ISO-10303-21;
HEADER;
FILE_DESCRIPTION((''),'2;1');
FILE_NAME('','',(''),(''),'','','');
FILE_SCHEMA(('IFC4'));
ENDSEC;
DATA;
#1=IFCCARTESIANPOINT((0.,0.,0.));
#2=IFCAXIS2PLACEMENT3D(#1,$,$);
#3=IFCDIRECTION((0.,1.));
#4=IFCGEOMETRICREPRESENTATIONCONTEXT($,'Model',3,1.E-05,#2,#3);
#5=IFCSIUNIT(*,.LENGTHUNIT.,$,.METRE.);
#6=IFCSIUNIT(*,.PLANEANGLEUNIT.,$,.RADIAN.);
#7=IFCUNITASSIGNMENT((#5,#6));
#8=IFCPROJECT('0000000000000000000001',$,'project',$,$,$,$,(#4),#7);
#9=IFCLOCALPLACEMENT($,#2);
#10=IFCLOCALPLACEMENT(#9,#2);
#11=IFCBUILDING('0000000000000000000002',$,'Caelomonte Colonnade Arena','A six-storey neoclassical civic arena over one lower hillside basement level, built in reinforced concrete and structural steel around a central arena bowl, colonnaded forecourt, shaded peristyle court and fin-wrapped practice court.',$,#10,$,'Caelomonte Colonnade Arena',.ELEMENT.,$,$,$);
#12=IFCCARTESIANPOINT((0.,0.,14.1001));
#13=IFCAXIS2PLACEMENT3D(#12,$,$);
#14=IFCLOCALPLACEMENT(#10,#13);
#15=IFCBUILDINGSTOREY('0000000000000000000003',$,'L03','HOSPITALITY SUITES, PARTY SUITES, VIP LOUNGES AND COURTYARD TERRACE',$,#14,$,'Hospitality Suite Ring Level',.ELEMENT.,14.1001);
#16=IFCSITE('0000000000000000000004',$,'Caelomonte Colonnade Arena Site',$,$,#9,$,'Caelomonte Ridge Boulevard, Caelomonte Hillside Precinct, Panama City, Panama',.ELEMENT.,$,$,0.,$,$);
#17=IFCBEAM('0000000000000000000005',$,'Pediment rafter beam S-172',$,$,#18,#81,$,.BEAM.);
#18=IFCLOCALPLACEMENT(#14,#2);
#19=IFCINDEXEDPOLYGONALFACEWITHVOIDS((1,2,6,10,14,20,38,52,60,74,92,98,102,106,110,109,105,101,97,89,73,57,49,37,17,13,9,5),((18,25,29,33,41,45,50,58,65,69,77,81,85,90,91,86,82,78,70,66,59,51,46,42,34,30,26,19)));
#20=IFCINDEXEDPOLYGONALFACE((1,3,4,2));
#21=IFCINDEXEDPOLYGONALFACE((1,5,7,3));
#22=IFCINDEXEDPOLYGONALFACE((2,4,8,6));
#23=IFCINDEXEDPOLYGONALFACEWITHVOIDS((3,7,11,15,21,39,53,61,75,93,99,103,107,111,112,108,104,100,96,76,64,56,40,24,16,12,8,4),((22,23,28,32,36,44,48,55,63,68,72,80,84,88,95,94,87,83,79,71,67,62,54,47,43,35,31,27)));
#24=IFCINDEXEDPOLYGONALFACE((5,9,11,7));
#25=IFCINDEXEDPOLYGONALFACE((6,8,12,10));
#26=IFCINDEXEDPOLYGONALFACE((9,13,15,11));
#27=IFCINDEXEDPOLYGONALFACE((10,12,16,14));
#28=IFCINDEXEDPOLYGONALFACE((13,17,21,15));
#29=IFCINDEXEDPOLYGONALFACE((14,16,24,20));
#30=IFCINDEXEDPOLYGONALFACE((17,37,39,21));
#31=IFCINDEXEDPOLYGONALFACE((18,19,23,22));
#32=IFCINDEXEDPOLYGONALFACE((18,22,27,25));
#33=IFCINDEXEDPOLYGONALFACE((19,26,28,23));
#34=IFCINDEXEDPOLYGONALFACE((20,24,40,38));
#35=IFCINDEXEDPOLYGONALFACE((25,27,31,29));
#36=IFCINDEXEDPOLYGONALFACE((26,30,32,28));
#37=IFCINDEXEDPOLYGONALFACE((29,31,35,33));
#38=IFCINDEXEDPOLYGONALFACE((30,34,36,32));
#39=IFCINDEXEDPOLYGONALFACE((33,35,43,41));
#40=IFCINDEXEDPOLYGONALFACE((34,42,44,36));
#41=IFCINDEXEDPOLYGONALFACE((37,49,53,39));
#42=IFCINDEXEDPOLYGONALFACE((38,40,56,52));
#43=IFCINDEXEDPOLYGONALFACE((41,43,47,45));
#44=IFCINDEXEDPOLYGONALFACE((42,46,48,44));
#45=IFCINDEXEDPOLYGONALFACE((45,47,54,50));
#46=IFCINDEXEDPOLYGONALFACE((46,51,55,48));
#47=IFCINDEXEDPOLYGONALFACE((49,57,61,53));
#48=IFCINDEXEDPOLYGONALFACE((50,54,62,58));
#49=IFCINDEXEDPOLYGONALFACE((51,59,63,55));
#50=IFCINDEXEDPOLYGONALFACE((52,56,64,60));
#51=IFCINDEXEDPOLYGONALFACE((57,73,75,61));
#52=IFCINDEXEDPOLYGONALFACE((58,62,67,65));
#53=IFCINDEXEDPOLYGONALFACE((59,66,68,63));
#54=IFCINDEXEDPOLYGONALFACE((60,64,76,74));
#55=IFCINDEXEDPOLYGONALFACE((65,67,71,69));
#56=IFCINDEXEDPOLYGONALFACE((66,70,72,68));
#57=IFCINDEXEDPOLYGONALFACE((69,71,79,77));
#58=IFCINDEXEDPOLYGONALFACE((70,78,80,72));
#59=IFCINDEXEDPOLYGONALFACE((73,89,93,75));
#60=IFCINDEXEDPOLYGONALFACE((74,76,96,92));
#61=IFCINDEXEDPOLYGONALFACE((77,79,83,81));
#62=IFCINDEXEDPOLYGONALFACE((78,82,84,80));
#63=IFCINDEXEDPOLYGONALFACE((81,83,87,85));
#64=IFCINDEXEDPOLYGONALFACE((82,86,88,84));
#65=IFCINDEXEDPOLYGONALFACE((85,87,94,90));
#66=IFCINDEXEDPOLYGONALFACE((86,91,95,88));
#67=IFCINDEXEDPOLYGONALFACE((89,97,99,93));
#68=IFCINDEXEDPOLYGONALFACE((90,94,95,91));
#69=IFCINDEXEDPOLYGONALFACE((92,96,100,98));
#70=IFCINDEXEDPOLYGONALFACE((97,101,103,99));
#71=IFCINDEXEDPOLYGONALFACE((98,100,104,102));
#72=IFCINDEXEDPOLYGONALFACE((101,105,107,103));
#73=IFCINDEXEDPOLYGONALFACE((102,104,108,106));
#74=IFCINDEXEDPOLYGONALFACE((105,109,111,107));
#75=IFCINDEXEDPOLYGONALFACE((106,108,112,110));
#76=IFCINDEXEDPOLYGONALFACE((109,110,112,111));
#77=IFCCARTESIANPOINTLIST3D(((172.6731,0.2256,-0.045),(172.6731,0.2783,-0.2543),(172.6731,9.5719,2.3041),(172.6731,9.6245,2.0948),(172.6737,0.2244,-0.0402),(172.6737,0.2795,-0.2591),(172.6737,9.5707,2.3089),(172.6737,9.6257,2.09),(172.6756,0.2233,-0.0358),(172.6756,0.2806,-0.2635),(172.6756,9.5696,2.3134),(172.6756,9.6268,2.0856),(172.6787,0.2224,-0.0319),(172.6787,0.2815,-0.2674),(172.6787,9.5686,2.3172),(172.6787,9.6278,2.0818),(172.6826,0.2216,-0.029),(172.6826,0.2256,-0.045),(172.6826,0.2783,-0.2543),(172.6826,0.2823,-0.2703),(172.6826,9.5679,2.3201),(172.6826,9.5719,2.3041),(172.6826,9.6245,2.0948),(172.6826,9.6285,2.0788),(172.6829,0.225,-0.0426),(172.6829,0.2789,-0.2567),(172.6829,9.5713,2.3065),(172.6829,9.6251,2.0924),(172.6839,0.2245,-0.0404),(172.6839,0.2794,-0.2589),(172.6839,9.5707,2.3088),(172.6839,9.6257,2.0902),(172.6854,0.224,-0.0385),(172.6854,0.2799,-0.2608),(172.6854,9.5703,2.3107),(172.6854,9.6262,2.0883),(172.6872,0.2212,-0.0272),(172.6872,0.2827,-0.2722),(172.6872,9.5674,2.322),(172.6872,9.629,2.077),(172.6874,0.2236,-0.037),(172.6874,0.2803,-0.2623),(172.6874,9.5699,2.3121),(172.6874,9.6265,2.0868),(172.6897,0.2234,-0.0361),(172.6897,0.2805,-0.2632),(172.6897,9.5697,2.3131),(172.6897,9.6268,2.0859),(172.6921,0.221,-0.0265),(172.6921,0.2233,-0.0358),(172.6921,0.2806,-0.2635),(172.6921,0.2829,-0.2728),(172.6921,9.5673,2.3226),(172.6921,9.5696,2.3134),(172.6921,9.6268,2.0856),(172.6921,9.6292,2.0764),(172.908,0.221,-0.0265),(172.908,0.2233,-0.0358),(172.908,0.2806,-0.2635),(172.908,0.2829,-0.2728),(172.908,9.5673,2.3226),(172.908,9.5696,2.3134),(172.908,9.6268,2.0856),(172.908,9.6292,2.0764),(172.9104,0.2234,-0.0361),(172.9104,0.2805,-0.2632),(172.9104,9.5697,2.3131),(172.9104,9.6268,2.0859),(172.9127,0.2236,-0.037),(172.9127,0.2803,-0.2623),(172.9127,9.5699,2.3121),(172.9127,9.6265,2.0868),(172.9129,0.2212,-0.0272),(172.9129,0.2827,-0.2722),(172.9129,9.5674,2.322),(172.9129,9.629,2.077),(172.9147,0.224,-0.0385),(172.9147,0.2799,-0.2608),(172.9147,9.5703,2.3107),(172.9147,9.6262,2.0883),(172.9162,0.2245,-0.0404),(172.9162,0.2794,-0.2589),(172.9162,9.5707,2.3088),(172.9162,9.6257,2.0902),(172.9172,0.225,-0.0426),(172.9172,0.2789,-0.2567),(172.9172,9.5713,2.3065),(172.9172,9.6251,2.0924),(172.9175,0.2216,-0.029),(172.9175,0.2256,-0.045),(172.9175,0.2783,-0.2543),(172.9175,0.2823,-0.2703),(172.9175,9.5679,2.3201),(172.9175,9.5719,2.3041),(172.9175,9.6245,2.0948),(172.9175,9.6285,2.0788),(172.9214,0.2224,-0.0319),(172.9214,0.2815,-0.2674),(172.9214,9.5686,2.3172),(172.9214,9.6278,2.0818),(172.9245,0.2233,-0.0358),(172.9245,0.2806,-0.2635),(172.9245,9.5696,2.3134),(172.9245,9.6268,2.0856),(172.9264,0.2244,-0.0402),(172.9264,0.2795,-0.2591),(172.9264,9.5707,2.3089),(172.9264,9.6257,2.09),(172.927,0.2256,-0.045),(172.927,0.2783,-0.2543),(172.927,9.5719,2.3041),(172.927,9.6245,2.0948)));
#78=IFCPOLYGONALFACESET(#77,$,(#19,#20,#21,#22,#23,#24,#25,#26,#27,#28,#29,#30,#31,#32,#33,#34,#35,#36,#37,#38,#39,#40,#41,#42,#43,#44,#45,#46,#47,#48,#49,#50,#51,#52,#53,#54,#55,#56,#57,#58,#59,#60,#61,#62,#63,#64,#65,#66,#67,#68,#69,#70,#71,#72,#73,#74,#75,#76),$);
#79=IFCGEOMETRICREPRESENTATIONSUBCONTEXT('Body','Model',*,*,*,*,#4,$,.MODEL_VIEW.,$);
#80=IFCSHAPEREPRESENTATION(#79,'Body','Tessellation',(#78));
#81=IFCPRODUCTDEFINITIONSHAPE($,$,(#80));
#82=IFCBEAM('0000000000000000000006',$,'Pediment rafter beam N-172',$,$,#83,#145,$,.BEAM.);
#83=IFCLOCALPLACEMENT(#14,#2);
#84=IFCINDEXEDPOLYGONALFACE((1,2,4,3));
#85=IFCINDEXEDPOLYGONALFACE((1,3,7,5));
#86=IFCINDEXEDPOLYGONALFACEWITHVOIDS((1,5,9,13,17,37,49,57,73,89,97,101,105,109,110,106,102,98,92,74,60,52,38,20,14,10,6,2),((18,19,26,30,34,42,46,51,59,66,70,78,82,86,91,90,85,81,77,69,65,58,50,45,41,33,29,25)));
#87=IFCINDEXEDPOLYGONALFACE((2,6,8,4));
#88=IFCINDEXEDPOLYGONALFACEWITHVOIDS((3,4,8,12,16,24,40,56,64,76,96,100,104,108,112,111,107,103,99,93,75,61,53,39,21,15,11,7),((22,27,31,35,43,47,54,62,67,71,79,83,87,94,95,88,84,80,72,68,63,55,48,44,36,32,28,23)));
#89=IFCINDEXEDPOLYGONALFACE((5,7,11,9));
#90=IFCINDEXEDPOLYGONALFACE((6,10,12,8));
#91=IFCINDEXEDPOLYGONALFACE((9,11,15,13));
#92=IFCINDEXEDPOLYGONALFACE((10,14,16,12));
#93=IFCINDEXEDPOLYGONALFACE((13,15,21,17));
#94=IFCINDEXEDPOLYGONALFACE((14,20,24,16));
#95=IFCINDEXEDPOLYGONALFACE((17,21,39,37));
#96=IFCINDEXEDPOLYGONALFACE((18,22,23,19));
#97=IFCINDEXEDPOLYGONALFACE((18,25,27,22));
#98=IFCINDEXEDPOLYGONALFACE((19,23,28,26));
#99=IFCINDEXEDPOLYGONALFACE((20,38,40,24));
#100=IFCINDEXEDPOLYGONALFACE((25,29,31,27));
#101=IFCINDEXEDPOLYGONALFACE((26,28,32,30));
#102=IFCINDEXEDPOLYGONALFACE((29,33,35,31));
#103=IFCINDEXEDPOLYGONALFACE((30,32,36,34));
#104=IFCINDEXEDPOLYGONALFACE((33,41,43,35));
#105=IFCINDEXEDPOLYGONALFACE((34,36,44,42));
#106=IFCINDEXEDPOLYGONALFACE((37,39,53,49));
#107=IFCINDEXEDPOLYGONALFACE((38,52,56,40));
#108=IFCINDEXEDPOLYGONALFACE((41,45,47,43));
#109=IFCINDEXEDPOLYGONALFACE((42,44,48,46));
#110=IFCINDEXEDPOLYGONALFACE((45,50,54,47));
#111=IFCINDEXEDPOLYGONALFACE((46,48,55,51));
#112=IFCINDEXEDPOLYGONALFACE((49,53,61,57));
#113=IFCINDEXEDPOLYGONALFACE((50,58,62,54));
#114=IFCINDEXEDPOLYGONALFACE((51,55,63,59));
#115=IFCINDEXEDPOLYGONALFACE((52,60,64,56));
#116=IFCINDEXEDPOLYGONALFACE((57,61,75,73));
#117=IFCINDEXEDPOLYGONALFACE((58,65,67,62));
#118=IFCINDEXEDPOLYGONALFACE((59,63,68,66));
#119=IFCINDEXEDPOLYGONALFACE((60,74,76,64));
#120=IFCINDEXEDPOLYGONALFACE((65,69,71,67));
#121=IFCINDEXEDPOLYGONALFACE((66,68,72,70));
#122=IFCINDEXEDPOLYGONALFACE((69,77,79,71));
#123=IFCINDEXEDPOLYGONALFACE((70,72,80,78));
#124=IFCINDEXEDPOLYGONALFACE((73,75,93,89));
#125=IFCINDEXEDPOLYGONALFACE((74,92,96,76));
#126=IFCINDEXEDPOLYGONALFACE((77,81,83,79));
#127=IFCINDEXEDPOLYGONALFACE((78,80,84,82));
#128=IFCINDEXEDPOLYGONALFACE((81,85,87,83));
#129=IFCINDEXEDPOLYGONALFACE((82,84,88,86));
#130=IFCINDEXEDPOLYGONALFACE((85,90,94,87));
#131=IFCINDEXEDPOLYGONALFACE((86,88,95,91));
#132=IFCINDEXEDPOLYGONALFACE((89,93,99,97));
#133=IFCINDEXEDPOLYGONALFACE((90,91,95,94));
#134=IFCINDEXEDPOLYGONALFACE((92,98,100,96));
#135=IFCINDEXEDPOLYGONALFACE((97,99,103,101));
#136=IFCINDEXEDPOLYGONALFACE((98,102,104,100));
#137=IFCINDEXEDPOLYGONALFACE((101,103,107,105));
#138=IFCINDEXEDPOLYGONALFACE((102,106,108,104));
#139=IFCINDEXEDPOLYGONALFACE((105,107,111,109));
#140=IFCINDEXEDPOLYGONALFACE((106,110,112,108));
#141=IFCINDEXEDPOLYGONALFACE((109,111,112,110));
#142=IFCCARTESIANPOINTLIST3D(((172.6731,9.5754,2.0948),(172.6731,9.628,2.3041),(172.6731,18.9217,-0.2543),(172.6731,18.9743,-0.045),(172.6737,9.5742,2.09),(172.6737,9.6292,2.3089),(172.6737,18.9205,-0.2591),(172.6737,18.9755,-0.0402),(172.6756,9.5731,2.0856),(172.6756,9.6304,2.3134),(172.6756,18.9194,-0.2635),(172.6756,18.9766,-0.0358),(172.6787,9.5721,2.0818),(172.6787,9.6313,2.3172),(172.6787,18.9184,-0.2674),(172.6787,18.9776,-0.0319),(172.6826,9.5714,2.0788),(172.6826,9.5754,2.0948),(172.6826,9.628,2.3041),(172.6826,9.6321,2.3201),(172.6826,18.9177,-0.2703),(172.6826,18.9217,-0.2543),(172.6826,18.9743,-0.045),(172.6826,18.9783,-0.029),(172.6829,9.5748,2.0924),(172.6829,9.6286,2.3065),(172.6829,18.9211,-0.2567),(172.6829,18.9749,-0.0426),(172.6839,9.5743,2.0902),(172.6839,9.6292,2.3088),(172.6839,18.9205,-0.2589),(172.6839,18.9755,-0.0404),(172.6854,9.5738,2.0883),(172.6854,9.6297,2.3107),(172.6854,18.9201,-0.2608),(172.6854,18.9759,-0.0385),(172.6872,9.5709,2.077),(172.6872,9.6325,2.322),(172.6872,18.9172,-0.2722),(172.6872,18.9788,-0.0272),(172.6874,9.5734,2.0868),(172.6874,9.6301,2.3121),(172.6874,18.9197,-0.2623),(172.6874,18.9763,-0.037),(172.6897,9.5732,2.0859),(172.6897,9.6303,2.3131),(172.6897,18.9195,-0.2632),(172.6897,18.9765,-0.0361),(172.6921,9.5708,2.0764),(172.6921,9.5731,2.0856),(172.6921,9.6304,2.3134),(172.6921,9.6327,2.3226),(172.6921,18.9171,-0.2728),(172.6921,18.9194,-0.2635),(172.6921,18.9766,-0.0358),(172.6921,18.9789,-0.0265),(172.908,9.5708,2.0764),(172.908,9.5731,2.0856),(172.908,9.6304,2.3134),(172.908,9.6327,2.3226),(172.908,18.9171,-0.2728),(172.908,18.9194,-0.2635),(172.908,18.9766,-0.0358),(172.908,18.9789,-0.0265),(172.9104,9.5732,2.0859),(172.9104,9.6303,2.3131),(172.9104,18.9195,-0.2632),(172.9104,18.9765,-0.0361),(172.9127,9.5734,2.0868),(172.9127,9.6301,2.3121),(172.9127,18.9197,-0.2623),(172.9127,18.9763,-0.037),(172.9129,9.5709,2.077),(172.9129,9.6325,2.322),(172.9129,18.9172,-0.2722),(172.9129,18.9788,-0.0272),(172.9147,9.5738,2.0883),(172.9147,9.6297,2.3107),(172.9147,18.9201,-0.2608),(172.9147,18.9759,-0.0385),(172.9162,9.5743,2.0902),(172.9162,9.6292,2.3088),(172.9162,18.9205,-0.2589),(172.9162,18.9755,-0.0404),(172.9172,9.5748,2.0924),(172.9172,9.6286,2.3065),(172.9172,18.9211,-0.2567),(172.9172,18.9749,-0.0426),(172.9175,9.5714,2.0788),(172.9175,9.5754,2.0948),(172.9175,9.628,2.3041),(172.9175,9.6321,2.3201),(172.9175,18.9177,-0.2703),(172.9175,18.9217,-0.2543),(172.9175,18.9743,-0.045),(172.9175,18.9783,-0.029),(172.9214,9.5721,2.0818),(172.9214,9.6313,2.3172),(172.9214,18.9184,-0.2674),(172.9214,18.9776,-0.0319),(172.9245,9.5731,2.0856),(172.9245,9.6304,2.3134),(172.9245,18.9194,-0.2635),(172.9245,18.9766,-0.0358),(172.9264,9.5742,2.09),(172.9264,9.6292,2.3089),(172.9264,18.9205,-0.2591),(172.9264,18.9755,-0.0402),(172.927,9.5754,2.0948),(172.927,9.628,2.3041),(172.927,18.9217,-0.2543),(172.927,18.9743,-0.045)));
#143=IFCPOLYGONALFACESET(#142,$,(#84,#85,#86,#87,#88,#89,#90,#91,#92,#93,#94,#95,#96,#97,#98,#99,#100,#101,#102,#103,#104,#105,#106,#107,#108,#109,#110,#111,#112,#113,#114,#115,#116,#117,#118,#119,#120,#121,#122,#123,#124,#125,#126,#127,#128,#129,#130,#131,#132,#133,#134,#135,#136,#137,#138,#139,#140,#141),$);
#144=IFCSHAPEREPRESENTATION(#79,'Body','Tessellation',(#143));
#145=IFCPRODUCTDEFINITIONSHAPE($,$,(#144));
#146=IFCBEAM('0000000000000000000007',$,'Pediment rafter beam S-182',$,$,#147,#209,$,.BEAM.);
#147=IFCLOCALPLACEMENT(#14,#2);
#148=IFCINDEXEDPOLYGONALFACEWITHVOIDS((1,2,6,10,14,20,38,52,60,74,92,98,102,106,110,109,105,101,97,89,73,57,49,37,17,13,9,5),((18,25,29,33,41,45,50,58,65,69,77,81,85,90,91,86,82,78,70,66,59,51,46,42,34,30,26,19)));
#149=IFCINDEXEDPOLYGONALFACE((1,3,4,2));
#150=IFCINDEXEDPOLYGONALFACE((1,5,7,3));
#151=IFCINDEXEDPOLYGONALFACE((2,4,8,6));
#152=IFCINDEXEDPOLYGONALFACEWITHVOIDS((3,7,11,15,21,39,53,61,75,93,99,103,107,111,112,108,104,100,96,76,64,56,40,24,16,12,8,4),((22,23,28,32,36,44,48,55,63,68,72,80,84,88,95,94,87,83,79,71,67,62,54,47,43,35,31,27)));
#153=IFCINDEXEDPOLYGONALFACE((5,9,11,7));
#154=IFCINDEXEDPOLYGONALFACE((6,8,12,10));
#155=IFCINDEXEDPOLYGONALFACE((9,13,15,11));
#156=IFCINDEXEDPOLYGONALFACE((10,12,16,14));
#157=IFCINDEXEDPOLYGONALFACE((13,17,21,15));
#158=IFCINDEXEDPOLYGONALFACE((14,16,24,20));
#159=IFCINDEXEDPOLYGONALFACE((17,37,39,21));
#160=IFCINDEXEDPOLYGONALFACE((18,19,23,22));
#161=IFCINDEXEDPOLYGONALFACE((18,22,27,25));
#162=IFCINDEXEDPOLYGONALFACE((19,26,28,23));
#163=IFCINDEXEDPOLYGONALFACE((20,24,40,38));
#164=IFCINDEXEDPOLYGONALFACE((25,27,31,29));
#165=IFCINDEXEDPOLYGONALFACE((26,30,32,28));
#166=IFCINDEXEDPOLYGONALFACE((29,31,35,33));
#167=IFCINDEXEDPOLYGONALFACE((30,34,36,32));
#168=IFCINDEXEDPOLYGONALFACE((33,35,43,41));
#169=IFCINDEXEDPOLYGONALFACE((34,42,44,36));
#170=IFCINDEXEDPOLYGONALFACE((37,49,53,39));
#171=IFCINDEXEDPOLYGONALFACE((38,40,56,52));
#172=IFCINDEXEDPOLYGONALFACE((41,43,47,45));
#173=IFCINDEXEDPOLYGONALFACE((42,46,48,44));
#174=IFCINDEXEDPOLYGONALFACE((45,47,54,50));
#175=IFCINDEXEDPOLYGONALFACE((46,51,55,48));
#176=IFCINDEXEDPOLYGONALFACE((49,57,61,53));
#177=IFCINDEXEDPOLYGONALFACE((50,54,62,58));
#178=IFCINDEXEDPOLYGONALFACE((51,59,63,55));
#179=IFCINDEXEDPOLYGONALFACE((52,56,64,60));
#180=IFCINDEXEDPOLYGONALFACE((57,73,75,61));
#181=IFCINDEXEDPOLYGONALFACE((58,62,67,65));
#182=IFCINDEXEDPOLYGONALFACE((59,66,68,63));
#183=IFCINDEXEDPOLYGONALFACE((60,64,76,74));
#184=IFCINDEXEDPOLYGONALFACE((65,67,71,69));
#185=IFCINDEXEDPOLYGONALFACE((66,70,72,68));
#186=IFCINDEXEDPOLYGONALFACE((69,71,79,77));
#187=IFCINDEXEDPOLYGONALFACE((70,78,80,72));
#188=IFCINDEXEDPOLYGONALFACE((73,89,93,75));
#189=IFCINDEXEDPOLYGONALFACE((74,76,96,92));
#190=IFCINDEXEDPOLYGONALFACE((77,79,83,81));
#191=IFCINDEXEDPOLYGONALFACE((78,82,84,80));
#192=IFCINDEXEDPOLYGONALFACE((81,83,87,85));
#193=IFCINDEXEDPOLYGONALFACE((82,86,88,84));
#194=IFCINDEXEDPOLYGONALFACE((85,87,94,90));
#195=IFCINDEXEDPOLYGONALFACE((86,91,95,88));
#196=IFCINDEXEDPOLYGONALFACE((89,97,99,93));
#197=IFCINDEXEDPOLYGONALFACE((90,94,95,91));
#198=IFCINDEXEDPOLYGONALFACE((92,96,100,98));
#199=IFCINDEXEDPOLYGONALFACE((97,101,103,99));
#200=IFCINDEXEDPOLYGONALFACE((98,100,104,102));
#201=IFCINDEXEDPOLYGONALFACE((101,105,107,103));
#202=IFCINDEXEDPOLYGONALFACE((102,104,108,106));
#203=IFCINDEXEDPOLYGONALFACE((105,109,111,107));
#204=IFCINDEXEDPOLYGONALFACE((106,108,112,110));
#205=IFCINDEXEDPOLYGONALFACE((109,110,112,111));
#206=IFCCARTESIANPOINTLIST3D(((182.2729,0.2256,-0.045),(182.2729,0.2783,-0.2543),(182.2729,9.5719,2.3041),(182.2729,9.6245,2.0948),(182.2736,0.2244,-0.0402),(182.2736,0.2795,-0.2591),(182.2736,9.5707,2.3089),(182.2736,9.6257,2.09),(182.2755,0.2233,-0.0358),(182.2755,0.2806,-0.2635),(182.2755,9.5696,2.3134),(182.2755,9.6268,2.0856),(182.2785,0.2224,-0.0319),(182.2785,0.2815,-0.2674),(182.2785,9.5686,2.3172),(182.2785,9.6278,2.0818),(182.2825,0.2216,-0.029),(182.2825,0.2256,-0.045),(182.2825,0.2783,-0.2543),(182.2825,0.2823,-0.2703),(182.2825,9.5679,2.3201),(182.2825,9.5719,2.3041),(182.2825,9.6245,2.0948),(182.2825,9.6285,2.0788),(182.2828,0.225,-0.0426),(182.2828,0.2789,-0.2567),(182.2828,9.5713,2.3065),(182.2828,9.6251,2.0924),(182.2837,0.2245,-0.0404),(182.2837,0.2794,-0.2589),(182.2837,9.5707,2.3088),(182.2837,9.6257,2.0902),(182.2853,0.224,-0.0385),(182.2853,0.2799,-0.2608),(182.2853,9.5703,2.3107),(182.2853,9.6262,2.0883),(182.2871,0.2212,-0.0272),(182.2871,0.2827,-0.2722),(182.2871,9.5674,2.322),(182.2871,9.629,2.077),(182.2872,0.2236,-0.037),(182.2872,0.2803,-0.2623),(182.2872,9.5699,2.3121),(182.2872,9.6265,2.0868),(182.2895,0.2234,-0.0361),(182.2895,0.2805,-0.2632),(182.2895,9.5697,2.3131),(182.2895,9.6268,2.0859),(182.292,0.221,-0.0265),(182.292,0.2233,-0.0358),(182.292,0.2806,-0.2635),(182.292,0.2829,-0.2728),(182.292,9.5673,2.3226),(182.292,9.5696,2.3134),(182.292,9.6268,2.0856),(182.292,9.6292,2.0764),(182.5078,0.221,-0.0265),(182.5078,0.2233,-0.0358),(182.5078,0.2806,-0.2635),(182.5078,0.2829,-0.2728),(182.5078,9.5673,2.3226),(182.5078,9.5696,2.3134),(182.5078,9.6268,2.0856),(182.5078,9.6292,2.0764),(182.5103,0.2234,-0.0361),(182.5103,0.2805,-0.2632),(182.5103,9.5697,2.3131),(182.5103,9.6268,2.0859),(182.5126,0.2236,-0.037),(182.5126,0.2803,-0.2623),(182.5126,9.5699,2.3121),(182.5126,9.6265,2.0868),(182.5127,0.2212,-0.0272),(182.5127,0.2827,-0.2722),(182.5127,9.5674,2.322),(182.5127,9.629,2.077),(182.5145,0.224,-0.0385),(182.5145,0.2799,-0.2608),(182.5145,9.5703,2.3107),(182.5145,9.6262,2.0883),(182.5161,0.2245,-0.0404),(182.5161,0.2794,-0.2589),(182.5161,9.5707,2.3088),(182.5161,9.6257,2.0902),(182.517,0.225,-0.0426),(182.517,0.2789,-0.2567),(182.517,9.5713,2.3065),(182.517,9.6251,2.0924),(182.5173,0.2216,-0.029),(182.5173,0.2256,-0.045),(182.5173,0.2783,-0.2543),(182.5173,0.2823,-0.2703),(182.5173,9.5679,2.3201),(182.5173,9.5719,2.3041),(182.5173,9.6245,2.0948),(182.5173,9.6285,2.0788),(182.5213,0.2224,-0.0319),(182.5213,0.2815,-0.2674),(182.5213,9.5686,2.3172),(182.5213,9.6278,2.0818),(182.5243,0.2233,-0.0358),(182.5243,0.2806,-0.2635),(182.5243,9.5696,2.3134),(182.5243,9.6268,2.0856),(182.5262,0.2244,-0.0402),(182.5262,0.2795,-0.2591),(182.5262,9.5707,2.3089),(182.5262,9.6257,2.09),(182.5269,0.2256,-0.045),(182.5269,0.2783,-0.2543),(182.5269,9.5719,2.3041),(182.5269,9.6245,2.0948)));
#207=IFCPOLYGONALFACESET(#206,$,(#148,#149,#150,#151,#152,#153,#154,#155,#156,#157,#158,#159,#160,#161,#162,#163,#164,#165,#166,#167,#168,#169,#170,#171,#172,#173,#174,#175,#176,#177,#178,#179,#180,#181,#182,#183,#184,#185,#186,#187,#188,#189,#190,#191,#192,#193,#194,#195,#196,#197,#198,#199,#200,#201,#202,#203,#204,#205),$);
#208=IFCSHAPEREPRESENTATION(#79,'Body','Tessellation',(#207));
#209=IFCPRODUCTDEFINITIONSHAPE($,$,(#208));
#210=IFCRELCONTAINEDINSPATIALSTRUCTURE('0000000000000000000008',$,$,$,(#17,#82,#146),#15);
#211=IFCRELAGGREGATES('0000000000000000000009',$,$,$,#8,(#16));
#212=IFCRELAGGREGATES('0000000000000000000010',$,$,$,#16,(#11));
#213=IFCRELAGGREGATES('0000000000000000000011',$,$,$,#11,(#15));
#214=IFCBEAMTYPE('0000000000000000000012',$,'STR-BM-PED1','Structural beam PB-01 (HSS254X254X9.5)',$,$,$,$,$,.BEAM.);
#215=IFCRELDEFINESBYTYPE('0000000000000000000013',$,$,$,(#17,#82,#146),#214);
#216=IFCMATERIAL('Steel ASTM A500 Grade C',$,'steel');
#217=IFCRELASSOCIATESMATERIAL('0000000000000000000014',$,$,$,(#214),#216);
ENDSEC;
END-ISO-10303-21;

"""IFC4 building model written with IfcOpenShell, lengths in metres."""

from ifc_helpers import new_model, si_unit, direction, frame, origin, origin_2d, place, context, subcontext, project, spatial, hollow_rectangle, extrude, material, material_profile, profile_set, type_object, element, save


model = new_model("IFC4")

# Units and contexts
model_context = context("Model", 3, precision=1e-05, world=origin(), true_north=direction((0.0, 1.0)))
body_context = subcontext(model_context, "Body", "Model", "MODEL_VIEW")
ifc_project = project(units=[si_unit("LENGTHUNIT", "METRE"), si_unit("PLANEANGLEUNIT", "RADIAN")], contexts=[model_context])

# Site, building, storey
site_placement = place(None, origin())
site = spatial("IfcSite", under=ifc_project, at=site_placement, Name="Caelomonte Colonnade Arena Site", LongName="Caelomonte Ridge Boulevard, Caelomonte Hillside Precinct, Panama City, Panama", CompositionType="ELEMENT", RefElevation=0.0)
building_placement = place(site_placement, origin())
building = spatial("IfcBuilding", under=site, at=building_placement, Name="Caelomonte Colonnade Arena", Description="A six-storey neoclassical civic arena over one lower hillside basement level, built in reinforced concrete and structural steel around a central arena bowl, colonnaded forecourt, shaded peristyle court and fin-wrapped practice court.", LongName="Caelomonte Colonnade Arena", CompositionType="ELEMENT")
storey_placement = place(building_placement, frame((0.0, 0.0, 14.1001)))
storey = spatial("IfcBuildingStorey", under=building, at=storey_placement, Name="L03", Description="HOSPITALITY SUITES, PARTY SUITES, VIP LOUNGES AND COURTYARD TERRACE", LongName="Hospitality Suite Ring Level", CompositionType="ELEMENT", Elevation=14.1001)

# Beams
ifc_material_1 = material(Name="Steel ASTM A500 Grade C", Category="steel")
ifc_material_profile_1 = material_profile(ifc_material_1, hollow_rectangle(XDim=0.2539, YDim=0.2539, WallThickness=0.0095, InnerFilletRadius=0.0095, OuterFilletRadius=0.019, at=origin_2d()), Name="HSS254X254X9.5")
ifc_profile_set_1 = profile_set([ifc_material_profile_1], Name="Steel ASTM A500 Grade C")
beam_type_1 = type_object("IfcBeamType", Name="STR-BM-PED1", Description="Structural beam PB-01 (HSS254X254X9.5)", PredefinedType="BEAM", material=ifc_profile_set_1)
for number, where, z_axis, x_axis, name in (
    (1, (172.8, 0.252, -0.1497), (0.0, 0.969835, 0.243763), (-1.0, 0.0, 0.0), "Pediment rafter beam S-172"),
    (2, (172.8, 18.948, -0.1497), (0.0, -0.969835, 0.243763), (1.0, 0.0, 0.0), "Pediment rafter beam N-172"),
    (3, (182.3999, 0.252, -0.1497), (0.0, 0.969835, 0.243763), (-1.0, 0.0, 0.0), "Pediment rafter beam S-182"),
):
    element("IfcBeam", number, at=place(storey_placement, frame(where, z_axis=z_axis, x_axis=x_axis)), inside=storey, type_object=beam_type_1, Name=name, PredefinedType="BEAM", context=body_context, shape_type="SweptSolid", body=[
        extrude(hollow_rectangle(XDim=0.2539, YDim=0.2539, WallThickness=0.0095, InnerFilletRadius=0.0095, OuterFilletRadius=0.019, at=origin_2d()), origin(), (0.0, 0.0, 1.0), 9.637),
    ])

save(model, "model.ifc")
